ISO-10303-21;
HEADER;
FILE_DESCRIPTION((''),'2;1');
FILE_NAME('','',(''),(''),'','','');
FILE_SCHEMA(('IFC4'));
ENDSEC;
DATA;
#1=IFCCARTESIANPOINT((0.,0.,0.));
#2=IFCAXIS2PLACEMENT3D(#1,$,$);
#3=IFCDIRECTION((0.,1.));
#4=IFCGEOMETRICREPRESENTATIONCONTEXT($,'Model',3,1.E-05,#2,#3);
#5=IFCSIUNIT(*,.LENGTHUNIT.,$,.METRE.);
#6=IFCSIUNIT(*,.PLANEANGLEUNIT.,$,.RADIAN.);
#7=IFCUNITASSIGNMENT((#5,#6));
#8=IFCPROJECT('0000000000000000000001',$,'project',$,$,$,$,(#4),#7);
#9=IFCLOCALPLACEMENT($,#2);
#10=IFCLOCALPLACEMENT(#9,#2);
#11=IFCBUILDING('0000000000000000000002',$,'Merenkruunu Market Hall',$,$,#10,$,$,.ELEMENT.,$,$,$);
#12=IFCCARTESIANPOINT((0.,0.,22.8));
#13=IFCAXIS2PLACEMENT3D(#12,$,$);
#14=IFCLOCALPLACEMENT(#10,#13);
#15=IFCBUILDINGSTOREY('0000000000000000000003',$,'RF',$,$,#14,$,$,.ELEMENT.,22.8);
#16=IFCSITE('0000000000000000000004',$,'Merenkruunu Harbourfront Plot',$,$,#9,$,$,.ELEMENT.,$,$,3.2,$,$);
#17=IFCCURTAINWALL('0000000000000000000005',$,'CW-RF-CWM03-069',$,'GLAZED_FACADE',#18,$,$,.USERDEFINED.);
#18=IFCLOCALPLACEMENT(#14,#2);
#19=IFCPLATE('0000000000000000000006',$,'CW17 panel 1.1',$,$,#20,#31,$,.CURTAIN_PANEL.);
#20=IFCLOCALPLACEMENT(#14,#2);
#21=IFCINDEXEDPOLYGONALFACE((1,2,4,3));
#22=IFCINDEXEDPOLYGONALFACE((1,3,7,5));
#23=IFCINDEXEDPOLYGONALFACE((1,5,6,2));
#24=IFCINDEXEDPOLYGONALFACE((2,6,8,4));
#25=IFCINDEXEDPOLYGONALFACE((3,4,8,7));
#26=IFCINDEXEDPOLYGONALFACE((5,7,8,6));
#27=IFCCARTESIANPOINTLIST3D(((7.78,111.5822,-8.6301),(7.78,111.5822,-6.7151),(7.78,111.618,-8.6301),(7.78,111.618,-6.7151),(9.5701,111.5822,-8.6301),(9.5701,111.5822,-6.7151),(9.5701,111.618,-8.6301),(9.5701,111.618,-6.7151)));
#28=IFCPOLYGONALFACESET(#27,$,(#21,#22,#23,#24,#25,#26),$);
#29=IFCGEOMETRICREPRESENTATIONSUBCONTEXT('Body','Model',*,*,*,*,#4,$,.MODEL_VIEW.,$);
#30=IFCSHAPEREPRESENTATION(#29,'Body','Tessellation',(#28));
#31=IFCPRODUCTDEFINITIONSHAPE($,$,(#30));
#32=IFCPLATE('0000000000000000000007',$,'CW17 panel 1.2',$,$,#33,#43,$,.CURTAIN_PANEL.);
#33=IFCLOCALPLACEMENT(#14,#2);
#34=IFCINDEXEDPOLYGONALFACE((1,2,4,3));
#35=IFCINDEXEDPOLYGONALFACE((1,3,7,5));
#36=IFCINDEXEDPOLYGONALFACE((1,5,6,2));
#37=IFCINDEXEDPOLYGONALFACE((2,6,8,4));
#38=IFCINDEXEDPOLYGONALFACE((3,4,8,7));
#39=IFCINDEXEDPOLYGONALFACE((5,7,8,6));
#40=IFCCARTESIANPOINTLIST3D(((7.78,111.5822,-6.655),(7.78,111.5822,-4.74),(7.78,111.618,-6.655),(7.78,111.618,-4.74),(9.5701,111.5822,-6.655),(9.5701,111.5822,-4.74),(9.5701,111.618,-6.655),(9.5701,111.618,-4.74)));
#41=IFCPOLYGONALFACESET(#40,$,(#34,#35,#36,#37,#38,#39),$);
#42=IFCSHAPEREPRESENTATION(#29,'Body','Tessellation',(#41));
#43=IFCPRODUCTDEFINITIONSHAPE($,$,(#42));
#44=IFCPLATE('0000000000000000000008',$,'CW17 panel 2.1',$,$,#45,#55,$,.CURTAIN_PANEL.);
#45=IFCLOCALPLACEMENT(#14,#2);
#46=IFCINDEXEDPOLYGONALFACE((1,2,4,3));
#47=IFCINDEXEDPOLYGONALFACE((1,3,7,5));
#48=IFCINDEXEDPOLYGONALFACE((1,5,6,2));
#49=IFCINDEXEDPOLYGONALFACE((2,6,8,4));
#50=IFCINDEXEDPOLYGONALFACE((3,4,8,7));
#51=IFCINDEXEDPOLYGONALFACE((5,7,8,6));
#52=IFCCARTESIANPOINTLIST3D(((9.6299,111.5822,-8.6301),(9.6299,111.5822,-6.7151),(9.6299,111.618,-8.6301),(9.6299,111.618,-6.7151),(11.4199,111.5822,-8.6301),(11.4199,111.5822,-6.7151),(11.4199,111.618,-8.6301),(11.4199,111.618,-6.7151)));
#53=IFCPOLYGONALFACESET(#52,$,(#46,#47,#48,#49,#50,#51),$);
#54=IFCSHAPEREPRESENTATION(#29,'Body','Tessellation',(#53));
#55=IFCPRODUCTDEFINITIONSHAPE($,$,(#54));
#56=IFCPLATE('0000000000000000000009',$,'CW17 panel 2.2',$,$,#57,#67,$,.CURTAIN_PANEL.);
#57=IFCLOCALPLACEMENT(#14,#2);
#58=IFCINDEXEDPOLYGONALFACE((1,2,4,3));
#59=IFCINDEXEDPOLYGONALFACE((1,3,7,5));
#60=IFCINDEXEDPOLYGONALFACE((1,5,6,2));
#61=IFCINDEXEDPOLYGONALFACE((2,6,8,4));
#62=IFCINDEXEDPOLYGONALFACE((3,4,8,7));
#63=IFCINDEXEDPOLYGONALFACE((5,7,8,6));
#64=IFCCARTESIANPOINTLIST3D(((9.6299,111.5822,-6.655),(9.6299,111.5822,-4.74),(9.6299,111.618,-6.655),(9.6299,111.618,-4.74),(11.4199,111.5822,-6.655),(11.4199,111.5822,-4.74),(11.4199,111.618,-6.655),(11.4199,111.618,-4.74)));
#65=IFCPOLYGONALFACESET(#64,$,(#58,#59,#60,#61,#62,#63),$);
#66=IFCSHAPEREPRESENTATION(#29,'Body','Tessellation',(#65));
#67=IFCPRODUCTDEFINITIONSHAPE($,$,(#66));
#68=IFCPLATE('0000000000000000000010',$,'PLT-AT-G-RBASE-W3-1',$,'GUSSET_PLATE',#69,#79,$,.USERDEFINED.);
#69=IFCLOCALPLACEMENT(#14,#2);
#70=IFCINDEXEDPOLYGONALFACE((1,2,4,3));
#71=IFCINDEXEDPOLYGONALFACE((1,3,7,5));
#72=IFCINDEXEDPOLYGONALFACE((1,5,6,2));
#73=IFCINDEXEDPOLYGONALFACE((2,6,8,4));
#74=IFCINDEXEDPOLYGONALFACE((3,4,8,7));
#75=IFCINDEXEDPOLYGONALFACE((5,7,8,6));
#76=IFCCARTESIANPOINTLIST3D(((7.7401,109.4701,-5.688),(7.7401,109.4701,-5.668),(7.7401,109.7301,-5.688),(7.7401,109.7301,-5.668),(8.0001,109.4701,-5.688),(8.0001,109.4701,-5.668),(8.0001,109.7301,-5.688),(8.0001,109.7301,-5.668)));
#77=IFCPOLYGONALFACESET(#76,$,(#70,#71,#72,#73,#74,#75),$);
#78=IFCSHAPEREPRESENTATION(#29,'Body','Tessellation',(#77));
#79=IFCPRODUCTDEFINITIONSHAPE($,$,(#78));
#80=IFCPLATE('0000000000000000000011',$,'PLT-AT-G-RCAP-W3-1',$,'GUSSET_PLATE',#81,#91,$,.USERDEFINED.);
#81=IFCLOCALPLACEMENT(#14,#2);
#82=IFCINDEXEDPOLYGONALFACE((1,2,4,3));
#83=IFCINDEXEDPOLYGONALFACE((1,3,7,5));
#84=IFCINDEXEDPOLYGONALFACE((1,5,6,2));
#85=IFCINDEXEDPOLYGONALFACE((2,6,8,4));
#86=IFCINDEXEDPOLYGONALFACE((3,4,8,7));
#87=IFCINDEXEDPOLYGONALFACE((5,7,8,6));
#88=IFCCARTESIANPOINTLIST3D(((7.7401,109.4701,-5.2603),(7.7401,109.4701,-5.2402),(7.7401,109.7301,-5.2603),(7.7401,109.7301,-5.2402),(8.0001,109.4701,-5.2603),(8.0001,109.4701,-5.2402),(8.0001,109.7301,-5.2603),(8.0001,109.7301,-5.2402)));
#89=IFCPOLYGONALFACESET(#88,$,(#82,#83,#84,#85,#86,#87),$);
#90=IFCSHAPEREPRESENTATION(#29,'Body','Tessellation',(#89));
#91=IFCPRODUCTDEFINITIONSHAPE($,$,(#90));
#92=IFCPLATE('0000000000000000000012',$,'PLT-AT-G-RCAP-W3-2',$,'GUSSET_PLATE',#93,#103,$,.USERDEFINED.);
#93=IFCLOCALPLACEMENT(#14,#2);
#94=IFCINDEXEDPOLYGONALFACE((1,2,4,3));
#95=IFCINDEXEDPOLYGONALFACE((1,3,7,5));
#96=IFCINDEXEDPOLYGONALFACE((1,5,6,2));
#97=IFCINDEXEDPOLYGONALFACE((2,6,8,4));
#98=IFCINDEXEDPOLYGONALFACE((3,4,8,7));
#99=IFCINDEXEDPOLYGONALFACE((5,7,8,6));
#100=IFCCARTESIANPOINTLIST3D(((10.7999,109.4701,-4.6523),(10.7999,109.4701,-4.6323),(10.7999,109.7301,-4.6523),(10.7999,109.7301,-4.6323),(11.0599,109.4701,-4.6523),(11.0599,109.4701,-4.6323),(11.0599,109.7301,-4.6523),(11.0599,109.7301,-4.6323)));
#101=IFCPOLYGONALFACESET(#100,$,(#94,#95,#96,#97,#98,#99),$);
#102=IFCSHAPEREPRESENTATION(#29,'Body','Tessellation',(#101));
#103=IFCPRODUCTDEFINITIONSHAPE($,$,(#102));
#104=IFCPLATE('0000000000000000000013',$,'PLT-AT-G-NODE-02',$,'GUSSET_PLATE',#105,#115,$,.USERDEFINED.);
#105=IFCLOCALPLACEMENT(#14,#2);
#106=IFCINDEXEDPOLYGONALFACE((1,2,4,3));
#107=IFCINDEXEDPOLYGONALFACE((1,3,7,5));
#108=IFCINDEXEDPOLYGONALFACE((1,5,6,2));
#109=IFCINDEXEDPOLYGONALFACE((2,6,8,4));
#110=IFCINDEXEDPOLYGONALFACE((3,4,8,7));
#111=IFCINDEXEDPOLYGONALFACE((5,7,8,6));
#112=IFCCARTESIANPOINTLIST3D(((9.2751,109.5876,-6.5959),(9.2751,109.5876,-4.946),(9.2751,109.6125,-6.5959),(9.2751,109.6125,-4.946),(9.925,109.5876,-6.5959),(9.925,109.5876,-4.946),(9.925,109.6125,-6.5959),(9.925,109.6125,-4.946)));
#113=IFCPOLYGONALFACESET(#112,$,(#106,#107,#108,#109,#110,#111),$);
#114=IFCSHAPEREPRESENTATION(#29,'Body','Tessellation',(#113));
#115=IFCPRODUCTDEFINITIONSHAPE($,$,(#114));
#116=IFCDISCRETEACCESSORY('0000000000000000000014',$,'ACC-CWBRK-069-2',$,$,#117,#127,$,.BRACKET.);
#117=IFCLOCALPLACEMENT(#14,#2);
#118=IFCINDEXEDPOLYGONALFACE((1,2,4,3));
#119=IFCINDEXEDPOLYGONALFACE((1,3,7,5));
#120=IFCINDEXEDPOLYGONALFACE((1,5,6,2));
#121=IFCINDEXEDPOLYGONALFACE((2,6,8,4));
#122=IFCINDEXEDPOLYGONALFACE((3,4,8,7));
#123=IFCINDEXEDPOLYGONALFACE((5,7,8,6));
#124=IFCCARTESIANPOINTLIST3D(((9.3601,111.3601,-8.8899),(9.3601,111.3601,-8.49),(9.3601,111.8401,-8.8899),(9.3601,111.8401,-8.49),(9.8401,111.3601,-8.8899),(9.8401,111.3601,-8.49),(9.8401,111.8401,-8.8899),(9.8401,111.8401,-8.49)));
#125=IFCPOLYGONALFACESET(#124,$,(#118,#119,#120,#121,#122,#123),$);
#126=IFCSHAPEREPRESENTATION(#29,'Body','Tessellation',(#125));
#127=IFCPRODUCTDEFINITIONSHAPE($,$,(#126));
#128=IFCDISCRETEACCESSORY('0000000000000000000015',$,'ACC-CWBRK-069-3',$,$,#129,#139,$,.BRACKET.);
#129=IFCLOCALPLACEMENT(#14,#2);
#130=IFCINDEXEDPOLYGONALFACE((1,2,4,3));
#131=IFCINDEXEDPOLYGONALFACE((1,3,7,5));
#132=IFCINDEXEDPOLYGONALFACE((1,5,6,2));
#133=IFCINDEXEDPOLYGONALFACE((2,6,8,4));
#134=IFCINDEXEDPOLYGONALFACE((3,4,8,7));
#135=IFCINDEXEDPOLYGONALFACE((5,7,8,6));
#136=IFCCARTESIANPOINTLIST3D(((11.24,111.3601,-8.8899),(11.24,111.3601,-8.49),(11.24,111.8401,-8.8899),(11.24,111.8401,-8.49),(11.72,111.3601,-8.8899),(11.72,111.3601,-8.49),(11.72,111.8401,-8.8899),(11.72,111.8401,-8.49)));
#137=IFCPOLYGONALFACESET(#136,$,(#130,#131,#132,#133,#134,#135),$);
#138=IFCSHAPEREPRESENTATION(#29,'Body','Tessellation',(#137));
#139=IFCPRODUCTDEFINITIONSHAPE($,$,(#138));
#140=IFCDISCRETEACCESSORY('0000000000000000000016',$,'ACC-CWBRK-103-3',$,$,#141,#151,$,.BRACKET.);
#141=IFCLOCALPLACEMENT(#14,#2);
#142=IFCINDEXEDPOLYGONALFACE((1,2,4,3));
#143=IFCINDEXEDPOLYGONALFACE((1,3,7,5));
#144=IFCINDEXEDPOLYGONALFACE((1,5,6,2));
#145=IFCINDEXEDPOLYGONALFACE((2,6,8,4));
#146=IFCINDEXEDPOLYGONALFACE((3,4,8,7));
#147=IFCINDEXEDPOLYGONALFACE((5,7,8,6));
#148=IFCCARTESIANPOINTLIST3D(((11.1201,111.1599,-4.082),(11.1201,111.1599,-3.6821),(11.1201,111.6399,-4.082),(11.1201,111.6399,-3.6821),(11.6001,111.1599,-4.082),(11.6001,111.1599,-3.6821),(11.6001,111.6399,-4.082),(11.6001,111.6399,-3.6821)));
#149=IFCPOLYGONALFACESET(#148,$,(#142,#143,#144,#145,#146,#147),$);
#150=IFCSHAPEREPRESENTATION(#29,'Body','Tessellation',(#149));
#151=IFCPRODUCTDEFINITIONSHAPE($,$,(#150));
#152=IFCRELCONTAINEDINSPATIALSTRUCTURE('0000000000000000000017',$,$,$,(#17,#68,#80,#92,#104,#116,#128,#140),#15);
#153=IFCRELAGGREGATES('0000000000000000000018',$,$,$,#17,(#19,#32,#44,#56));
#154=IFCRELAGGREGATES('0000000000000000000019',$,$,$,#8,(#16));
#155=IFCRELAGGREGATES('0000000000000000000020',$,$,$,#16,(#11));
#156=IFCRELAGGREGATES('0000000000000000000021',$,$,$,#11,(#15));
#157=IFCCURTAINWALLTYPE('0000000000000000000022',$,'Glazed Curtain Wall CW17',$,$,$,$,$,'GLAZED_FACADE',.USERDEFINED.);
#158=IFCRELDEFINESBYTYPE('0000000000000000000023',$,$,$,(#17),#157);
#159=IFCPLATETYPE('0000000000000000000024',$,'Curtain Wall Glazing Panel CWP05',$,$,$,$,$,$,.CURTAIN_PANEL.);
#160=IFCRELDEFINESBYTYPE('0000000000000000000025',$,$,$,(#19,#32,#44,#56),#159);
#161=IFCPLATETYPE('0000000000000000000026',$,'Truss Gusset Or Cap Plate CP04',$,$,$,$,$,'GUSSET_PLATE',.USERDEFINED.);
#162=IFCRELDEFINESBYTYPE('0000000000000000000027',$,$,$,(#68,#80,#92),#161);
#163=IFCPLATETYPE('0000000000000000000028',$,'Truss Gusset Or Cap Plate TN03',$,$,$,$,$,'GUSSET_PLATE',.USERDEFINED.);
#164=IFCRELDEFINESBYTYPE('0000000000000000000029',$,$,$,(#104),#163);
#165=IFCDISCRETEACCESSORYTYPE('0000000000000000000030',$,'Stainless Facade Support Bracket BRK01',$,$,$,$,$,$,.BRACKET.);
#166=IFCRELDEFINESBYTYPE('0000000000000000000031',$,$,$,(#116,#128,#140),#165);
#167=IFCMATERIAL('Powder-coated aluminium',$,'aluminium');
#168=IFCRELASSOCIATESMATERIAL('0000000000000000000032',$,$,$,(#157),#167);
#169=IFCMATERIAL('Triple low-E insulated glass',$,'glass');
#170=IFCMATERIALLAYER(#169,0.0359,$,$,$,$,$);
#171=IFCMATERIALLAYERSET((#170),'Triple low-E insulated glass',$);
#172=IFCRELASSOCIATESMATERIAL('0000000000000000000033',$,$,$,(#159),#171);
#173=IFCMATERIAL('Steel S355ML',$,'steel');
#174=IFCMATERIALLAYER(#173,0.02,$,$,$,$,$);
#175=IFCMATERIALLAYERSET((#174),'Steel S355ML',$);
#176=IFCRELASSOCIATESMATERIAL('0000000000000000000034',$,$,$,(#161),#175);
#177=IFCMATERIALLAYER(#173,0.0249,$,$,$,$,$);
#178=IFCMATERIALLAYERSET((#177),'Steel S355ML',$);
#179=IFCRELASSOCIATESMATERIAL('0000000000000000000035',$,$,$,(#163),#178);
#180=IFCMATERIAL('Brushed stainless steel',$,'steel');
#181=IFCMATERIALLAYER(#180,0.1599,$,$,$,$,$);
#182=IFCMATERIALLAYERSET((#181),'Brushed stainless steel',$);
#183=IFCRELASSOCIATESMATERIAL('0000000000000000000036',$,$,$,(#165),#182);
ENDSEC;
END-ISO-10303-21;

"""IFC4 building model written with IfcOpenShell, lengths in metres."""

from ifc_helpers import new_model, si_unit, direction, frame, origin, origin_2d, place, context, subcontext, project, spatial, rectangle, extrude, material, layer, layer_set, type_object, element, aggregate, save


model = new_model("IFC4")

# Units and contexts
model_context = context("Model", 3, precision=1e-05, world=origin(), true_north=direction((0.0, 1.0)))
body_context = subcontext(model_context, "Body", "Model", "MODEL_VIEW")
ifc_project = project(units=[si_unit("LENGTHUNIT", "METRE"), si_unit("PLANEANGLEUNIT", "RADIAN")], contexts=[model_context])

# Site, building, storey
site_placement = place(None, origin())
site = spatial("IfcSite", under=ifc_project, at=site_placement, Name="Merenkruunu Harbourfront Plot", CompositionType="ELEMENT", RefElevation=3.2)
building_placement = place(site_placement, origin())
building = spatial("IfcBuilding", under=site, at=building_placement, Name="Merenkruunu Market Hall", CompositionType="ELEMENT")
storey_placement = place(building_placement, frame((0.0, 0.0, 22.8)))
storey = spatial("IfcBuildingStorey", under=building, at=storey_placement, Name="RF", CompositionType="ELEMENT", Elevation=22.8)

# Shared definitions
ifc_material_1 = material(Name="Steel S355ML", Category="steel")

# Curtain wall
ifc_material_2 = material(Name="Powder-coated aluminium", Category="aluminium")
curtain_wall_type_1 = type_object("IfcCurtainWallType", Name="Glazed Curtain Wall CW17", ElementType="GLAZED_FACADE", PredefinedType="USERDEFINED", material=ifc_material_2)
curtain_wall_1_placement = place(storey_placement, origin())
curtain_wall_1 = element("IfcCurtainWall", 1, at=curtain_wall_1_placement, inside=storey, type_object=curtain_wall_type_1, Name="CW-RF-CWM03-069", ObjectType="GLAZED_FACADE", PredefinedType="USERDEFINED")

# Plates
ifc_material_3 = material(Name="Triple low-E insulated glass", Category="glass")
ifc_layer_1 = layer(ifc_material_3, 0.0359)
ifc_layer_set_1 = layer_set([ifc_layer_1], Name="Triple low-E insulated glass")
plate_type_1 = type_object("IfcPlateType", Name="Curtain Wall Glazing Panel CWP05", PredefinedType="CURTAIN_PANEL", material=ifc_layer_set_1)
plate_1_placement = place(storey_placement, frame((8.675, 111.6001, -8.6301), z_axis=(0.0, 0.0, 1.0), x_axis=(1.0, 0.0, 0.0)))
plate_1 = element("IfcPlate", 2, at=plate_1_placement, type_object=plate_type_1, Name="CW17 panel 1.1", PredefinedType="CURTAIN_PANEL", context=body_context, shape_type="SweptSolid", body=[
    extrude(rectangle(XDim=1.79, YDim=0.0359, at=origin_2d()), origin(), (0.0, 0.0, 1.0), 1.915),
])
plate_2_placement = place(storey_placement, frame((8.675, 111.6001, -6.655), z_axis=(0.0, 0.0, 1.0), x_axis=(1.0, 0.0, 0.0)))
plate_2 = element("IfcPlate", 3, at=plate_2_placement, type_object=plate_type_1, Name="CW17 panel 1.2", PredefinedType="CURTAIN_PANEL", context=body_context, shape_type="SweptSolid", body=[
    extrude(rectangle(XDim=1.79, YDim=0.0359, at=origin_2d()), origin(), (0.0, 0.0, 1.0), 1.915),
])
plate_3_placement = place(storey_placement, frame((10.5249, 111.6001, -8.6301), z_axis=(0.0, 0.0, 1.0), x_axis=(1.0, 0.0, 0.0)))
plate_3 = element("IfcPlate", 4, at=plate_3_placement, type_object=plate_type_1, Name="CW17 panel 2.1", PredefinedType="CURTAIN_PANEL", context=body_context, shape_type="SweptSolid", body=[
    extrude(rectangle(XDim=1.79, YDim=0.0359, at=origin_2d()), origin(), (0.0, 0.0, 1.0), 1.915),
])
plate_4_placement = place(storey_placement, frame((10.5249, 111.6001, -6.655), z_axis=(0.0, 0.0, 1.0), x_axis=(1.0, 0.0, 0.0)))
plate_4 = element("IfcPlate", 5, at=plate_4_placement, type_object=plate_type_1, Name="CW17 panel 2.2", PredefinedType="CURTAIN_PANEL", context=body_context, shape_type="SweptSolid", body=[
    extrude(rectangle(XDim=1.79, YDim=0.0359, at=origin_2d()), origin(), (0.0, 0.0, 1.0), 1.915),
])
aggregate(curtain_wall_1, [plate_1, plate_2, plate_3, plate_4])

# Plates
ifc_layer_2 = layer(ifc_material_1, 0.02)
ifc_layer_set_2 = layer_set([ifc_layer_2], Name="Steel S355ML")
plate_type_2 = type_object("IfcPlateType", Name="Truss Gusset Or Cap Plate CP04", ElementType="GUSSET_PLATE", PredefinedType="USERDEFINED", material=ifc_layer_set_2)
for number, where, z_axis, x_axis, name in (
    (6, (7.8701, 109.6001, -5.688), (0.0, 0.0, 1.0), (1.0, 0.0, 0.0), "PLT-AT-G-RBASE-W3-1"),
    (7, (7.8701, 109.6001, -5.2603), (0.0, 0.0, 1.0), (1.0, 0.0, 0.0), "PLT-AT-G-RCAP-W3-1"),
    (8, (10.9299, 109.6001, -4.6523), (0.0, 0.0, 1.0), (1.0, 0.0, 0.0), "PLT-AT-G-RCAP-W3-2"),
):
    element("IfcPlate", number, at=place(storey_placement, frame(where, z_axis=z_axis, x_axis=x_axis)), inside=storey, type_object=plate_type_2, Name=name, ObjectType="GUSSET_PLATE", PredefinedType="USERDEFINED", context=body_context, shape_type="SweptSolid", body=[
        extrude(rectangle(XDim=0.26, YDim=0.26, at=origin_2d()), origin(), (0.0, 0.0, 1.0), 0.02),
    ])
ifc_layer_3 = layer(ifc_material_1, 0.0249)
ifc_layer_set_3 = layer_set([ifc_layer_3], Name="Steel S355ML")
plate_type_3 = type_object("IfcPlateType", Name="Truss Gusset Or Cap Plate TN03", ElementType="GUSSET_PLATE", PredefinedType="USERDEFINED", material=ifc_layer_set_3)
plate_5_placement = place(storey_placement, frame((9.6001, 109.6001, -6.5959), z_axis=(0.0, 0.0, 1.0), x_axis=(1.0, 0.0, 0.0)))
element("IfcPlate", 9, at=plate_5_placement, inside=storey, type_object=plate_type_3, Name="PLT-AT-G-NODE-02", ObjectType="GUSSET_PLATE", PredefinedType="USERDEFINED", context=body_context, shape_type="SweptSolid", body=[
    extrude(rectangle(XDim=0.6499, YDim=0.0249, at=origin_2d()), origin(), (0.0, 0.0, 1.0), 1.6499),
])

# Discrete accessories
ifc_material_4 = material(Name="Brushed stainless steel", Category="steel")
ifc_layer_4 = layer(ifc_material_4, 0.1599)
ifc_layer_set_4 = layer_set([ifc_layer_4], Name="Brushed stainless steel")
discrete_accessory_type = type_object("IfcDiscreteAccessoryType", Name="Stainless Facade Support Bracket BRK01", PredefinedType="BRACKET", material=ifc_layer_set_4)
for number, where, z_axis, x_axis, name in (
    (10, (9.6001, 111.6001, -8.8899), (0.0, 0.0, 1.0), (1.0, 0.0, 0.0), "ACC-CWBRK-069-2"),
    (11, (11.48, 111.6001, -8.8899), (0.0, 0.0, 1.0), (1.0, 0.0, 0.0), "ACC-CWBRK-069-3"),
    (12, (11.3601, 111.3999, -4.082), (0.0, 0.0, 1.0), (1.0, 0.0, 0.0), "ACC-CWBRK-103-3"),
):
    element("IfcDiscreteAccessory", number, at=place(storey_placement, frame(where, z_axis=z_axis, x_axis=x_axis)), inside=storey, type_object=discrete_accessory_type, Name=name, PredefinedType="BRACKET", context=body_context, shape_type="SweptSolid", body=[
        extrude(rectangle(XDim=0.48, YDim=0.48, at=origin_2d()), origin(), (0.0, 0.0, 1.0), 0.3999),
    ])

save(model, "model.ifc")
